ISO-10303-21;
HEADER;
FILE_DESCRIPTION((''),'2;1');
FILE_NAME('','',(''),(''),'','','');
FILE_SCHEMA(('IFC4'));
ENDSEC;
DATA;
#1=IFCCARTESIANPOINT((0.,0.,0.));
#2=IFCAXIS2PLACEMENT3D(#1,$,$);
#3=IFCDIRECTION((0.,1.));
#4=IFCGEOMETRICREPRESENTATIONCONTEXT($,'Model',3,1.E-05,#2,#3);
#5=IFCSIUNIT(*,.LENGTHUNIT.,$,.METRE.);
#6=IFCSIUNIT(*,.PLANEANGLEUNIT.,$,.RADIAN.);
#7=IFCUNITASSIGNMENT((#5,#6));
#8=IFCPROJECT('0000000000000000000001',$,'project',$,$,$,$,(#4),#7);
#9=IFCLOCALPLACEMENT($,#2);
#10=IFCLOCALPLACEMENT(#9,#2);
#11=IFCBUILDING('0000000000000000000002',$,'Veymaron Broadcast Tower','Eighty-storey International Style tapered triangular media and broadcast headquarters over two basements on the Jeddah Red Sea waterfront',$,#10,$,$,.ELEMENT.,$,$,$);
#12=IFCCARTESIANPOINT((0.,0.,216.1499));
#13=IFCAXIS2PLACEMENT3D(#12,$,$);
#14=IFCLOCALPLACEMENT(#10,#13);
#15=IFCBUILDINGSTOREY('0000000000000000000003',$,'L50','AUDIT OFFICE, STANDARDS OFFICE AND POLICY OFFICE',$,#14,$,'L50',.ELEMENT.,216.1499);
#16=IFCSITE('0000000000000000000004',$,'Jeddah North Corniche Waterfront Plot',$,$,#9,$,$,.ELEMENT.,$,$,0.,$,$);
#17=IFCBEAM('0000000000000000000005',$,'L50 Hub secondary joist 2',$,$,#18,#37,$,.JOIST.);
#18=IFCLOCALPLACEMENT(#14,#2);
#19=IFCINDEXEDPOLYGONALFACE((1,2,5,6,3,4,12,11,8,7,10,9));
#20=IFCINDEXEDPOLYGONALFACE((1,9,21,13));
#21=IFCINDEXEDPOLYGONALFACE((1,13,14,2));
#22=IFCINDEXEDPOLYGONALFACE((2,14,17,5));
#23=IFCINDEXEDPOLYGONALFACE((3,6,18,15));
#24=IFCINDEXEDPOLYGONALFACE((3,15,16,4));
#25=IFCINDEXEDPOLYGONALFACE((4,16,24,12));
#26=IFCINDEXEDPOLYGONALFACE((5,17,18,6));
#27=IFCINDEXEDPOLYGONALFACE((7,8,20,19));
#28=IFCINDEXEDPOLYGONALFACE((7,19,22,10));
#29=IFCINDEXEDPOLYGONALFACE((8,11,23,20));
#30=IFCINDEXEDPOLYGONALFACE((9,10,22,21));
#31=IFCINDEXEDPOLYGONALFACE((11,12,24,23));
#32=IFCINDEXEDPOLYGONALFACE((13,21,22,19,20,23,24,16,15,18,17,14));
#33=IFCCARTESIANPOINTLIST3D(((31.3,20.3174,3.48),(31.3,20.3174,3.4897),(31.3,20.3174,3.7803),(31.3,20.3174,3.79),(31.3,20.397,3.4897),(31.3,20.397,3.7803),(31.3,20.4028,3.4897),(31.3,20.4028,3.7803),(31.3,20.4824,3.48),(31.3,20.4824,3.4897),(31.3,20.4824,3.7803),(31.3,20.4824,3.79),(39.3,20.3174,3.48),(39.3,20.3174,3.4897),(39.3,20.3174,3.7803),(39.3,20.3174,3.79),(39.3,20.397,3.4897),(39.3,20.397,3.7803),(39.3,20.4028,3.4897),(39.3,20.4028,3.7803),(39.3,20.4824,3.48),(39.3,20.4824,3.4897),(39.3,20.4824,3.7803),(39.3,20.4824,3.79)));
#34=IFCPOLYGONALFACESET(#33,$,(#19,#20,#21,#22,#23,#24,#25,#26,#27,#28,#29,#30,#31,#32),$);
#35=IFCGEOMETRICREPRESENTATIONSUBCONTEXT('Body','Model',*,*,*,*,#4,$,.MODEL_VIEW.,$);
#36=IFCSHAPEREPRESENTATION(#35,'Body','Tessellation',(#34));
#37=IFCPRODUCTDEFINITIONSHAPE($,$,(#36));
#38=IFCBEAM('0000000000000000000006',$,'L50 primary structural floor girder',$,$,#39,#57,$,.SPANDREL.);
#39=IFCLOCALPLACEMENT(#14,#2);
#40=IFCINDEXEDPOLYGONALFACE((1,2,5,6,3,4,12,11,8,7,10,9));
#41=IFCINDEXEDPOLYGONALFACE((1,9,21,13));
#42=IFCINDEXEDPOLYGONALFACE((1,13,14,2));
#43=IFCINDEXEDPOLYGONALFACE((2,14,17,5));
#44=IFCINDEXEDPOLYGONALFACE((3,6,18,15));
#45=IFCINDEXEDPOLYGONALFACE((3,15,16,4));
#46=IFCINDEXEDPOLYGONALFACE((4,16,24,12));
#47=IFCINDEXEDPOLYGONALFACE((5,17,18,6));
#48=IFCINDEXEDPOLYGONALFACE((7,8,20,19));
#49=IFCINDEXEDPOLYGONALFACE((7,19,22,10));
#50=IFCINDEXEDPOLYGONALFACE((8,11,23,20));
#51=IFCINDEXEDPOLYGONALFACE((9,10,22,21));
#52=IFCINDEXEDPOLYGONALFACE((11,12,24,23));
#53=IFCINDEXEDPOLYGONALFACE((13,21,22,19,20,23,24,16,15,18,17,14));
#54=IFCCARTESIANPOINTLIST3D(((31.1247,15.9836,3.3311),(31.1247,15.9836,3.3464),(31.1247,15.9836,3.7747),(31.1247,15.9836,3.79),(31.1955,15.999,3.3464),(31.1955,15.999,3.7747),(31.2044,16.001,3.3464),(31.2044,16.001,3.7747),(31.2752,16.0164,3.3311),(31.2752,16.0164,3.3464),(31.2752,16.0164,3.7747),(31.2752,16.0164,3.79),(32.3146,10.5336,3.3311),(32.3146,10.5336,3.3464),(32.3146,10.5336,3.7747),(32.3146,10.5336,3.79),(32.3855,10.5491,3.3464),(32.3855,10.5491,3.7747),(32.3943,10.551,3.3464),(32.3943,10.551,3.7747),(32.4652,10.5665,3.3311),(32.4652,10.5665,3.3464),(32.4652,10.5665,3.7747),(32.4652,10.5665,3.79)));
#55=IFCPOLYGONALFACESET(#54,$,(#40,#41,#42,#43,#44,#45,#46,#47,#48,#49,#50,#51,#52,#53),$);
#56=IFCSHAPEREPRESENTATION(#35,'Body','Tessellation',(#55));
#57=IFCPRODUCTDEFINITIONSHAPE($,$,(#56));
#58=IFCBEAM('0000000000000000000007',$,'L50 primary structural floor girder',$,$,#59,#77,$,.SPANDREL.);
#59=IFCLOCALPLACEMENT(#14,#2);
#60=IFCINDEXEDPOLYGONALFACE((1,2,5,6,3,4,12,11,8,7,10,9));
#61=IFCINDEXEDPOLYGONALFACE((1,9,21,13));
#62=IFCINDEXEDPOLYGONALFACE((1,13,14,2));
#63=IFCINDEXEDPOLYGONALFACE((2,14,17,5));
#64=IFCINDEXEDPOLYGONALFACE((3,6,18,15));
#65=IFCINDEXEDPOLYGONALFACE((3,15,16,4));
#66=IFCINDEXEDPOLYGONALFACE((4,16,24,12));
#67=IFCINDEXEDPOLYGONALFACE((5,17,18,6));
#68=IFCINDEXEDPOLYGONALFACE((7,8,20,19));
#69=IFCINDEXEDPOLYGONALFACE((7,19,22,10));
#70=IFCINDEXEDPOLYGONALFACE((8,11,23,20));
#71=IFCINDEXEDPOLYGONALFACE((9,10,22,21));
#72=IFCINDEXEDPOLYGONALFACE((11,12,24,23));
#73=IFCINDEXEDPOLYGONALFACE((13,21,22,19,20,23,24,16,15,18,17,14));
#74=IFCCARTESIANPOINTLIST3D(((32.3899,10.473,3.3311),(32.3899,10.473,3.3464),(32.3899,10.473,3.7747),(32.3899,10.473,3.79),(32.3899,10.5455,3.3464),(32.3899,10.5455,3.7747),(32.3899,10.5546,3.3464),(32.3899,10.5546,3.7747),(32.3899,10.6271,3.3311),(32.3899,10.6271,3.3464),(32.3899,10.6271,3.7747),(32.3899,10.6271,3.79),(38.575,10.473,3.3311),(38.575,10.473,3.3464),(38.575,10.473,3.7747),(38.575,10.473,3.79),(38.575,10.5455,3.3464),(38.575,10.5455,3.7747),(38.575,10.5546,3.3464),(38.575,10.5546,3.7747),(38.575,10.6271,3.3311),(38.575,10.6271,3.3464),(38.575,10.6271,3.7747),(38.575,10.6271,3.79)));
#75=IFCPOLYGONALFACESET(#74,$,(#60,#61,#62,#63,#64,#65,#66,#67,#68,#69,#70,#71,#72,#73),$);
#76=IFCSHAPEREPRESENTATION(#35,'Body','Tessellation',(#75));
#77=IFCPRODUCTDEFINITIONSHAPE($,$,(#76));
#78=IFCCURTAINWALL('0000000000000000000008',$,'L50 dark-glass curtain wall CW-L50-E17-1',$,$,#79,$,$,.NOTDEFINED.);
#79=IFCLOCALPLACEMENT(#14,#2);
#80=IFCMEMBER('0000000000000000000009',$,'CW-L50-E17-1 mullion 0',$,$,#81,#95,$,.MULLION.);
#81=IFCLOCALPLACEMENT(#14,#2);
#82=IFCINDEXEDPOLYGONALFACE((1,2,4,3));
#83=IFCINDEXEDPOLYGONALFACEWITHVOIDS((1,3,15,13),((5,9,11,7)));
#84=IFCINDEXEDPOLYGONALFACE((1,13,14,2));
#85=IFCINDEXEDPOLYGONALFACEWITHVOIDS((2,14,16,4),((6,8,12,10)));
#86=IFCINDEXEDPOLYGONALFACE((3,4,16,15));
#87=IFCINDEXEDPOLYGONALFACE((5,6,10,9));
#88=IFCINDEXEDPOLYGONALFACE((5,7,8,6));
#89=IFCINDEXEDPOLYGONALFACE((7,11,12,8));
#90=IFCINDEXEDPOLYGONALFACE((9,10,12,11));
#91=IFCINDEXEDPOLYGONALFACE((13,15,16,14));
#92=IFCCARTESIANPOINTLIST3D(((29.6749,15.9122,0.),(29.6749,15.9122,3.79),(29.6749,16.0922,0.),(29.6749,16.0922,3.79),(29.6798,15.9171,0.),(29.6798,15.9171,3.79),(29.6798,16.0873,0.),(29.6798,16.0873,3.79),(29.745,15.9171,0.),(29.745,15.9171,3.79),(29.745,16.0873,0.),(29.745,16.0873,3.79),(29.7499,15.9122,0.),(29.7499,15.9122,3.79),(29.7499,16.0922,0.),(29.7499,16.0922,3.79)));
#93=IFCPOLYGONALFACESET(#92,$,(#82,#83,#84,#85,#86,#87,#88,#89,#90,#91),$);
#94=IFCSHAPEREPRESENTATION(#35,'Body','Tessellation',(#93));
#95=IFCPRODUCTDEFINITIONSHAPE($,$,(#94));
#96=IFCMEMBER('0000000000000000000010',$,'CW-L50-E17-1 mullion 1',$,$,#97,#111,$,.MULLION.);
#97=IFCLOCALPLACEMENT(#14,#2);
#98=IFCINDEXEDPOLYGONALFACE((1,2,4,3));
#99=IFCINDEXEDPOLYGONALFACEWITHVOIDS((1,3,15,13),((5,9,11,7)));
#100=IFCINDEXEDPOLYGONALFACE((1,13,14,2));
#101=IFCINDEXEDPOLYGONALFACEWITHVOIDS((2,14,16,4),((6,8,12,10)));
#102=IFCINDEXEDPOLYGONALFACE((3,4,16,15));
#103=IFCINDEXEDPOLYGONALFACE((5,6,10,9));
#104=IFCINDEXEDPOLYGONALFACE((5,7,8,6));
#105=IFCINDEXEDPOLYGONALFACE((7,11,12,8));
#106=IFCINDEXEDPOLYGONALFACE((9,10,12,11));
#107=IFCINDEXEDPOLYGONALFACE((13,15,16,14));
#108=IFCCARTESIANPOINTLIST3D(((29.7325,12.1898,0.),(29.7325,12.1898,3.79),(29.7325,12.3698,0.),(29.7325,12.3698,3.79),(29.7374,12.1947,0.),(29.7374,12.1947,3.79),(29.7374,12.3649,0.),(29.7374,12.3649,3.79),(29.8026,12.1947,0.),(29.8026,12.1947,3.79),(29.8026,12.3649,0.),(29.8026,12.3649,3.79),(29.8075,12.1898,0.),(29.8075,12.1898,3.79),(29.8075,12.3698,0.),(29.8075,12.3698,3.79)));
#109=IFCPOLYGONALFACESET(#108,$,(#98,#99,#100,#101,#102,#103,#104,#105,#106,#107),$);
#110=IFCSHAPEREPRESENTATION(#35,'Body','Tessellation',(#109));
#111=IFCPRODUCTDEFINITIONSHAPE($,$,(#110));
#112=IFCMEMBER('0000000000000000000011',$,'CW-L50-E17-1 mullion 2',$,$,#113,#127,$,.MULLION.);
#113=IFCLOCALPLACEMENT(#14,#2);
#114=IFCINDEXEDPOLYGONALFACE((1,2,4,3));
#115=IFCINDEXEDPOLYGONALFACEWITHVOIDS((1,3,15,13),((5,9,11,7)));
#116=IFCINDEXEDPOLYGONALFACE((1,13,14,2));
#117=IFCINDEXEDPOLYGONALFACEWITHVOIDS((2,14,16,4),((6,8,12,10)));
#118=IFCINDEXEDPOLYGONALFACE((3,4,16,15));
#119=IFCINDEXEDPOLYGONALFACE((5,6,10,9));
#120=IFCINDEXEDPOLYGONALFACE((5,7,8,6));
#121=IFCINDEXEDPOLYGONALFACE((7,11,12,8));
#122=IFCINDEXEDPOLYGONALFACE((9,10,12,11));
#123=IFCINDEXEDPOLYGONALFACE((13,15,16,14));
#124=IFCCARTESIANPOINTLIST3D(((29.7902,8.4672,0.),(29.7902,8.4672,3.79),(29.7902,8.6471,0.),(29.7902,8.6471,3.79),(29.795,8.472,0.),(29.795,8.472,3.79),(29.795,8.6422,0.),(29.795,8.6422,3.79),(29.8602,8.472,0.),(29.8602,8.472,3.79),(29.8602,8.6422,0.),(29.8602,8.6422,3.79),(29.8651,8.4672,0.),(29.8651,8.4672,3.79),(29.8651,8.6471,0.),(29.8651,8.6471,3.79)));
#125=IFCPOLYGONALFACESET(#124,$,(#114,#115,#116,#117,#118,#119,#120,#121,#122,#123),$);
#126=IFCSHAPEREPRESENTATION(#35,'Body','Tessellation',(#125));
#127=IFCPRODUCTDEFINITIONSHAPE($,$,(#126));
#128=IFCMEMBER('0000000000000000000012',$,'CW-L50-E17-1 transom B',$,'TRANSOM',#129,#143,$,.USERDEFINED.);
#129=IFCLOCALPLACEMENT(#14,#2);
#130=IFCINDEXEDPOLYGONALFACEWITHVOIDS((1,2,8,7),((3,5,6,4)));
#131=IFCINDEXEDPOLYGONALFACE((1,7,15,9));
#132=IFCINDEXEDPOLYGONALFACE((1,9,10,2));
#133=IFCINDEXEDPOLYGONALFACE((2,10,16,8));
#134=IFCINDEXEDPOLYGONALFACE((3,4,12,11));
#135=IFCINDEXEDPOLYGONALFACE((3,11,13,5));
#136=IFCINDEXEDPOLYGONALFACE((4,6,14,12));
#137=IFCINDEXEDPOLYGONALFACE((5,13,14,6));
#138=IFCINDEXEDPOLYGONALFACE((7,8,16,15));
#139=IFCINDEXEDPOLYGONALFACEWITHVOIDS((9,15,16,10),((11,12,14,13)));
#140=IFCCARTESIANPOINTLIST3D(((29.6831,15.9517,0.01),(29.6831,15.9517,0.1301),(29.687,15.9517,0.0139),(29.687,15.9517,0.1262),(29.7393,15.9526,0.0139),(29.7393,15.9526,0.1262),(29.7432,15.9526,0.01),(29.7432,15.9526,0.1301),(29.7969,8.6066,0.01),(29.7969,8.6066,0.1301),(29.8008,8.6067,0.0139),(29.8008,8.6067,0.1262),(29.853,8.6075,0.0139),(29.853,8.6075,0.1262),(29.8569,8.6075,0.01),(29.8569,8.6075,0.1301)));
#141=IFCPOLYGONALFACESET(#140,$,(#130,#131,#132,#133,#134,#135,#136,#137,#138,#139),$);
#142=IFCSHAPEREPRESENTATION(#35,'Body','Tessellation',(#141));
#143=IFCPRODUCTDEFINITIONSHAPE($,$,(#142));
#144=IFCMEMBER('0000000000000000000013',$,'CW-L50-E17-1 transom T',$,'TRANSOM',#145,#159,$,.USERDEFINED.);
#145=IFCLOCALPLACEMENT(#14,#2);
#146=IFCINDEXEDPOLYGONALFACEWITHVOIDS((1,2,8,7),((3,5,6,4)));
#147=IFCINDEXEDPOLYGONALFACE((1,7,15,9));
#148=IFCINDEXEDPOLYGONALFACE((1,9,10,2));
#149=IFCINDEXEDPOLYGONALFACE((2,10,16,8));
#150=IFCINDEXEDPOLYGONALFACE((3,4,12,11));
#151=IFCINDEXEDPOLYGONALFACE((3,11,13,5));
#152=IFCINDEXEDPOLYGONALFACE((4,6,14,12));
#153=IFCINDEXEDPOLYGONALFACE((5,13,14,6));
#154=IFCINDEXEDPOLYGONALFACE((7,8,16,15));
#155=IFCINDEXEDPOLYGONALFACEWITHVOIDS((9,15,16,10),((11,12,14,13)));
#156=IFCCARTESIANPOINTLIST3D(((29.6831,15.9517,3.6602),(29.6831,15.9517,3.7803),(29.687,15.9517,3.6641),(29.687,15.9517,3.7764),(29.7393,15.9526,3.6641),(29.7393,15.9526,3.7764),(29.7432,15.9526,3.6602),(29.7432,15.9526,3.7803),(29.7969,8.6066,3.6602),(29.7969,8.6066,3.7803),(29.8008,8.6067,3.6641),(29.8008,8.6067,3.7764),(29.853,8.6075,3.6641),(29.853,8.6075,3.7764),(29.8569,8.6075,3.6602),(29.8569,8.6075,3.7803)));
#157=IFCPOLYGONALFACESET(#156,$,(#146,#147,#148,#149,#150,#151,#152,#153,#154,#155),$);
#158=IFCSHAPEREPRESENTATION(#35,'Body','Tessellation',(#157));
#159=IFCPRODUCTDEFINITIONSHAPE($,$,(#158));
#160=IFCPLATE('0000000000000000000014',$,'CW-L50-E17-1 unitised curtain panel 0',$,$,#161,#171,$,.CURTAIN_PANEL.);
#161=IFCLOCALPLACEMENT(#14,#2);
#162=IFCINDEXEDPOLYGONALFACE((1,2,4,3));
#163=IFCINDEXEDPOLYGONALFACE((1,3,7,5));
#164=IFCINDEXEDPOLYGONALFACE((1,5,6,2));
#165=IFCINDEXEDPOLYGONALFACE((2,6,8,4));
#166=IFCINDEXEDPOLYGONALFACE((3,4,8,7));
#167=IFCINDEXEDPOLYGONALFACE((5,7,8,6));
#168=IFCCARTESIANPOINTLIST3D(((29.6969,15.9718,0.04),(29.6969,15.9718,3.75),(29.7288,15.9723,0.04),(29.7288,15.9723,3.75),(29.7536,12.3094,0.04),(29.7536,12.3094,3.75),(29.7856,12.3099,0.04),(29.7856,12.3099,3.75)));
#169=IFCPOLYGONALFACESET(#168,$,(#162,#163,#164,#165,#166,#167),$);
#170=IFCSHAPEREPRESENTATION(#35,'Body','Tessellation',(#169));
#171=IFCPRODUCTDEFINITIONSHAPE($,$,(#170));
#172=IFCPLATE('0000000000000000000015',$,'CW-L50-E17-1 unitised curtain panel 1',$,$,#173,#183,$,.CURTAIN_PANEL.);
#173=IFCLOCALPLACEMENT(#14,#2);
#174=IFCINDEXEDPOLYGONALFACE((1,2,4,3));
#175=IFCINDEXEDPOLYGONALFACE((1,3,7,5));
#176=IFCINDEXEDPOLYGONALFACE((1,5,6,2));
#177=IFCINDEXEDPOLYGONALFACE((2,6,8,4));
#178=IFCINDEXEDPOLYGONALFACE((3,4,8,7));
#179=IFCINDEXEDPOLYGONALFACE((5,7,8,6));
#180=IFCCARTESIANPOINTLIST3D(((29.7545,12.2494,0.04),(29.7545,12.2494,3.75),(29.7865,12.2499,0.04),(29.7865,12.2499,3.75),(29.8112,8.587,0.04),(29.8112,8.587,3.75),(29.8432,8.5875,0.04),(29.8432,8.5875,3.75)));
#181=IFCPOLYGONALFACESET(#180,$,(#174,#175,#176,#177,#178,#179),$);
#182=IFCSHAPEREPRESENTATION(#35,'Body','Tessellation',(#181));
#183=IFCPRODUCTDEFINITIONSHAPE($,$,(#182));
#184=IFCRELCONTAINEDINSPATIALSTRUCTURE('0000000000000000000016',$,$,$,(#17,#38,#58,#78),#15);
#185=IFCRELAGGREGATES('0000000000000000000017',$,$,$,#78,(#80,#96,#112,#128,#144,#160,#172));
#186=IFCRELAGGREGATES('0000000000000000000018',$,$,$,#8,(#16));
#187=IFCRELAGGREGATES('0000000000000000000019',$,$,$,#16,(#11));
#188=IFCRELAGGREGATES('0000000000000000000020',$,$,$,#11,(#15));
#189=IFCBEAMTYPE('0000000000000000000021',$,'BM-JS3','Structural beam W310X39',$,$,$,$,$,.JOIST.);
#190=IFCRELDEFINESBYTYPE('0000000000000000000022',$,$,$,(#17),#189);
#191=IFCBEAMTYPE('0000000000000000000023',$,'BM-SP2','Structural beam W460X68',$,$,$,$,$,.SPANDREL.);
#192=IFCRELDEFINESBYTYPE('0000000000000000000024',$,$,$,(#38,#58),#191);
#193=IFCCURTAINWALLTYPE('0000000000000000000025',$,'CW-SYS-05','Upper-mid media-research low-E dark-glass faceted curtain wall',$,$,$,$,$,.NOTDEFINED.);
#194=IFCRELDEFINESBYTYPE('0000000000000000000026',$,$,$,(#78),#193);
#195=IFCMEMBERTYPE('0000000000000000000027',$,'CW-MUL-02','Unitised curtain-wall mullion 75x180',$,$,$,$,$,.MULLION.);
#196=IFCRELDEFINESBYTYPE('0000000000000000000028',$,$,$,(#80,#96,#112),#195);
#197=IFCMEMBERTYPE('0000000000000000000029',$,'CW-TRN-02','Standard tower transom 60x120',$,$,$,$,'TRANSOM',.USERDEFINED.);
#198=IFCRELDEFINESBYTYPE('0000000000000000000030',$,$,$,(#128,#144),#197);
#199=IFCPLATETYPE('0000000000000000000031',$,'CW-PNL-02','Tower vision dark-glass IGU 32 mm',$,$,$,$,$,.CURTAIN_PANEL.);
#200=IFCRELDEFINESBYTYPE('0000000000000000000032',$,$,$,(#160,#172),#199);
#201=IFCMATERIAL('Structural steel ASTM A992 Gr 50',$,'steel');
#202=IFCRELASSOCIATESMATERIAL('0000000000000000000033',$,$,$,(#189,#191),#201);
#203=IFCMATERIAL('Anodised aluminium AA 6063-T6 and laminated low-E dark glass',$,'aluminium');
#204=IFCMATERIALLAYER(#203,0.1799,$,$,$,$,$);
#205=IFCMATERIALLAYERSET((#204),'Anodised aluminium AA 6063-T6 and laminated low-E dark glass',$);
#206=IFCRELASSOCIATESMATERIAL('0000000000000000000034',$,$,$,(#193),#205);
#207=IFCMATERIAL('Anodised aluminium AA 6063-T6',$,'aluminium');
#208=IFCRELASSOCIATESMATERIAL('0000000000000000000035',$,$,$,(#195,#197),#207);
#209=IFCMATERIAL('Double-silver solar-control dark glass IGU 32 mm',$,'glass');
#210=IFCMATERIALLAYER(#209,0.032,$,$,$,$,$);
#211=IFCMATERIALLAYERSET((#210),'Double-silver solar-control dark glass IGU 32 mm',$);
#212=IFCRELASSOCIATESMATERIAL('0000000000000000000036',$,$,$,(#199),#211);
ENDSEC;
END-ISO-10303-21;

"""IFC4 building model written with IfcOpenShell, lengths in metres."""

from ifc_helpers import new_model, si_unit, direction, frame, origin, origin_2d, place, context, subcontext, project, spatial, rectangle, hollow_rectangle, i_section, extrude, material, layer, layer_set, material_profile, profile_set, type_object, element, aggregate, save


model = new_model("IFC4")

# Units and contexts
model_context = context("Model", 3, precision=1e-05, world=origin(), true_north=direction((0.0, 1.0)))
body_context = subcontext(model_context, "Body", "Model", "MODEL_VIEW")
ifc_project = project(units=[si_unit("LENGTHUNIT", "METRE"), si_unit("PLANEANGLEUNIT", "RADIAN")], contexts=[model_context])

# Site, building, storey
site_placement = place(None, origin())
site = spatial("IfcSite", under=ifc_project, at=site_placement, Name="Jeddah North Corniche Waterfront Plot", CompositionType="ELEMENT", RefElevation=0.0)
building_placement = place(site_placement, origin())
building = spatial("IfcBuilding", under=site, at=building_placement, Name="Veymaron Broadcast Tower", Description="Eighty-storey International Style tapered triangular media and broadcast headquarters over two basements on the Jeddah Red Sea waterfront", CompositionType="ELEMENT")
storey_placement = place(building_placement, frame((0.0, 0.0, 216.1499)))
storey = spatial("IfcBuildingStorey", under=building, at=storey_placement, Name="L50", Description="AUDIT OFFICE, STANDARDS OFFICE AND POLICY OFFICE", LongName="L50", CompositionType="ELEMENT", Elevation=216.1499)

# Shared definitions
ifc_material_1 = material(Name="Structural steel ASTM A992 Gr 50", Category="steel")

# Beams
ifc_material_profile_1 = material_profile(ifc_material_1, i_section(OverallWidth=0.165, OverallDepth=0.3101, WebThickness=0.0059, FlangeThickness=0.0098, at=origin_2d()), Name="W310X39")
ifc_profile_set_1 = profile_set([ifc_material_profile_1], Name="Structural steel ASTM A992 Gr 50")
beam_type_1 = type_object("IfcBeamType", Name="BM-JS3", Description="Structural beam W310X39", PredefinedType="JOIST", material=ifc_profile_set_1)
for number, where, z_axis, x_axis, name in (
    (1, (31.3, 20.3999, 3.635), (1.0, 0.0, 0.0), (0.0, 1.0, 0.0), "L50 Hub secondary joist 2"),
):
    element("IfcBeam", number, at=place(storey_placement, frame(where, z_axis=z_axis, x_axis=x_axis)), inside=storey, type_object=beam_type_1, Name=name, PredefinedType="JOIST", context=body_context, shape_type="SweptSolid", body=[
        extrude(i_section(OverallWidth=0.165, OverallDepth=0.3101, WebThickness=0.0059, FlangeThickness=0.0098, at=origin_2d()), origin(), (0.0, 0.0, 1.0), 8.0),
    ])
ifc_material_profile_2 = material_profile(ifc_material_1, i_section(OverallWidth=0.1541, OverallDepth=0.459, WebThickness=0.009, FlangeThickness=0.0154, at=origin_2d()), Name="W460X68")
ifc_profile_set_2 = profile_set([ifc_material_profile_2], Name="Structural steel ASTM A992 Gr 50")
beam_type_2 = type_object("IfcBeamType", Name="BM-SP2", Description="Structural beam W460X68", PredefinedType="SPANDREL", material=ifc_profile_set_2)
beam_1_placement = place(storey_placement, frame((31.2, 16.0, 3.5605), z_axis=(0.213314, -0.976984, 0.0), x_axis=(0.976984, 0.213314, 0.0)))
element("IfcBeam", 2, at=beam_1_placement, inside=storey, type_object=beam_type_2, Name="L50 primary structural floor girder", PredefinedType="SPANDREL", context=body_context, shape_type="SweptSolid", body=[
    extrude(i_section(OverallWidth=0.1541, OverallDepth=0.459, WebThickness=0.009, FlangeThickness=0.0154, at=origin_2d()), origin(), (0.0, 0.0, 1.0), 5.5784),
])
beam_2_placement = place(storey_placement, frame((32.3899, 10.55, 3.5605), z_axis=(1.0, 0.0, 0.0), x_axis=(0.0, 1.0, 0.0)))
element("IfcBeam", 3, at=beam_2_placement, inside=storey, type_object=beam_type_2, Name="L50 primary structural floor girder", PredefinedType="SPANDREL", context=body_context, shape_type="SweptSolid", body=[
    extrude(i_section(OverallWidth=0.1541, OverallDepth=0.459, WebThickness=0.009, FlangeThickness=0.0154, at=origin_2d()), origin(), (0.0, 0.0, 1.0), 6.1851),
])

# Curtain wall, members, plates
ifc_material_2 = material(Name="Anodised aluminium AA 6063-T6 and laminated low-E dark glass", Category="aluminium")
ifc_layer_1 = layer(ifc_material_2, 0.1799)
ifc_layer_set_1 = layer_set([ifc_layer_1], Name="Anodised aluminium AA 6063-T6 and laminated low-E dark glass")
curtain_wall_type = type_object("IfcCurtainWallType", Name="CW-SYS-05", Description="Upper-mid media-research low-E dark-glass faceted curtain wall", PredefinedType="NOTDEFINED", material=ifc_layer_set_1)
curtain_wall_placement = place(storey_placement, origin())
curtain_wall = element("IfcCurtainWall", 4, at=curtain_wall_placement, inside=storey, type_object=curtain_wall_type, Name="L50 dark-glass curtain wall CW-L50-E17-1", PredefinedType="NOTDEFINED")
ifc_material_3 = material(Name="Anodised aluminium AA 6063-T6", Category="aluminium")
ifc_material_profile_3 = material_profile(ifc_material_3, hollow_rectangle(XDim=0.075, YDim=0.1799, WallThickness=0.0049, at=origin_2d()), Name="AL180X75X5")
ifc_profile_set_3 = profile_set([ifc_material_profile_3], Name="Anodised aluminium AA 6063-T6")
member_type_1 = type_object("IfcMemberType", Name="CW-MUL-02", Description="Unitised curtain-wall mullion 75x180", PredefinedType="MULLION", material=ifc_profile_set_3)
member_1_placement = place(storey_placement, frame((29.7124, 16.0022, 0.0), z_axis=(0.0, 0.0, 1.0), x_axis=(1.0, 0.0, 0.0)))
member_1 = element("IfcMember", 5, at=member_1_placement, type_object=member_type_1, Name="CW-L50-E17-1 mullion 0", PredefinedType="MULLION", context=body_context, shape_type="SweptSolid", body=[
    extrude(hollow_rectangle(XDim=0.075, YDim=0.1799, WallThickness=0.0049, at=origin_2d()), origin(), (0.0, 0.0, 1.0), 3.79),
])
member_2_placement = place(storey_placement, frame((29.77, 12.2798, 0.0), z_axis=(0.0, 0.0, 1.0), x_axis=(1.0, 0.0, 0.0)))
member_2 = element("IfcMember", 6, at=member_2_placement, type_object=member_type_1, Name="CW-L50-E17-1 mullion 1", PredefinedType="MULLION", context=body_context, shape_type="SweptSolid", body=[
    extrude(hollow_rectangle(XDim=0.075, YDim=0.1799, WallThickness=0.0049, at=origin_2d()), origin(), (0.0, 0.0, 1.0), 3.79),
])
member_3_placement = place(storey_placement, frame((29.8276, 8.5571, 0.0), z_axis=(0.0, 0.0, 1.0), x_axis=(1.0, 0.0, 0.0)))
member_3 = element("IfcMember", 7, at=member_3_placement, type_object=member_type_1, Name="CW-L50-E17-1 mullion 2", PredefinedType="MULLION", context=body_context, shape_type="SweptSolid", body=[
    extrude(hollow_rectangle(XDim=0.075, YDim=0.1799, WallThickness=0.0049, at=origin_2d()), origin(), (0.0, 0.0, 1.0), 3.79),
])
ifc_material_profile_4 = material_profile(ifc_material_3, hollow_rectangle(XDim=0.0601, YDim=0.1201, WallThickness=0.0039, at=origin_2d()), Name="AL120X60X4")
ifc_profile_set_4 = profile_set([ifc_material_profile_4], Name="Anodised aluminium AA 6063-T6")
member_type_2 = type_object("IfcMemberType", Name="CW-TRN-02", Description="Standard tower transom 60x120", ElementType="TRANSOM", PredefinedType="USERDEFINED", material=ifc_profile_set_4)
member_4_placement = place(storey_placement, frame((29.7131, 15.9521, 0.0701), z_axis=(0.015488, -0.99988, 0.0), x_axis=(0.99988, 0.015488, 0.0)))
member_4 = element("IfcMember", 8, at=member_4_placement, type_object=member_type_2, Name="CW-L50-E17-1 transom B", ObjectType="TRANSOM", PredefinedType="USERDEFINED", context=body_context, shape_type="SweptSolid", body=[
    extrude(hollow_rectangle(XDim=0.0601, YDim=0.1201, WallThickness=0.0039, at=origin_2d()), origin(), (0.0, 0.0, 1.0), 7.3459),
])
member_5_placement = place(storey_placement, frame((29.7131, 15.9521, 3.7202), z_axis=(0.015488, -0.99988, 0.0), x_axis=(0.99988, 0.015488, 0.0)))
member_5 = element("IfcMember", 9, at=member_5_placement, type_object=member_type_2, Name="CW-L50-E17-1 transom T", ObjectType="TRANSOM", PredefinedType="USERDEFINED", context=body_context, shape_type="SweptSolid", body=[
    extrude(hollow_rectangle(XDim=0.0601, YDim=0.1201, WallThickness=0.0039, at=origin_2d()), origin(), (0.0, 0.0, 1.0), 7.3459),
])
ifc_material_4 = material(Name="Double-silver solar-control dark glass IGU 32 mm", Category="glass")
ifc_layer_2 = layer(ifc_material_4, 0.032)
ifc_layer_set_2 = layer_set([ifc_layer_2], Name="Double-silver solar-control dark glass IGU 32 mm")
plate_type = type_object("IfcPlateType", Name="CW-PNL-02", Description="Tower vision dark-glass IGU 32 mm", PredefinedType="CURTAIN_PANEL", material=ifc_layer_set_2)
plate_1_placement = place(storey_placement, frame((29.7412, 14.1409, 0.04), z_axis=(0.0, 0.0, 1.0), x_axis=(0.01548, -0.99988, 0.0)))
plate_1 = element("IfcPlate", 10, at=plate_1_placement, type_object=plate_type, Name="CW-L50-E17-1 unitised curtain panel 0", PredefinedType="CURTAIN_PANEL", context=body_context, shape_type="SweptSolid", body=[
    extrude(rectangle(XDim=3.6628, YDim=0.032, at=origin_2d()), origin(), (0.0, 0.0, 1.0), 3.71),
])
plate_2_placement = place(storey_placement, frame((29.7988, 10.4185, 0.04), z_axis=(0.0, 0.0, 1.0), x_axis=(0.01548, -0.99988, 0.0)))
plate_2 = element("IfcPlate", 11, at=plate_2_placement, type_object=plate_type, Name="CW-L50-E17-1 unitised curtain panel 1", PredefinedType="CURTAIN_PANEL", context=body_context, shape_type="SweptSolid", body=[
    extrude(rectangle(XDim=3.6628, YDim=0.032, at=origin_2d()), origin(), (0.0, 0.0, 1.0), 3.71),
])
aggregate(curtain_wall, [member_1, member_2, member_3, member_4, member_5, plate_1, plate_2])

save(model, "model.ifc")
